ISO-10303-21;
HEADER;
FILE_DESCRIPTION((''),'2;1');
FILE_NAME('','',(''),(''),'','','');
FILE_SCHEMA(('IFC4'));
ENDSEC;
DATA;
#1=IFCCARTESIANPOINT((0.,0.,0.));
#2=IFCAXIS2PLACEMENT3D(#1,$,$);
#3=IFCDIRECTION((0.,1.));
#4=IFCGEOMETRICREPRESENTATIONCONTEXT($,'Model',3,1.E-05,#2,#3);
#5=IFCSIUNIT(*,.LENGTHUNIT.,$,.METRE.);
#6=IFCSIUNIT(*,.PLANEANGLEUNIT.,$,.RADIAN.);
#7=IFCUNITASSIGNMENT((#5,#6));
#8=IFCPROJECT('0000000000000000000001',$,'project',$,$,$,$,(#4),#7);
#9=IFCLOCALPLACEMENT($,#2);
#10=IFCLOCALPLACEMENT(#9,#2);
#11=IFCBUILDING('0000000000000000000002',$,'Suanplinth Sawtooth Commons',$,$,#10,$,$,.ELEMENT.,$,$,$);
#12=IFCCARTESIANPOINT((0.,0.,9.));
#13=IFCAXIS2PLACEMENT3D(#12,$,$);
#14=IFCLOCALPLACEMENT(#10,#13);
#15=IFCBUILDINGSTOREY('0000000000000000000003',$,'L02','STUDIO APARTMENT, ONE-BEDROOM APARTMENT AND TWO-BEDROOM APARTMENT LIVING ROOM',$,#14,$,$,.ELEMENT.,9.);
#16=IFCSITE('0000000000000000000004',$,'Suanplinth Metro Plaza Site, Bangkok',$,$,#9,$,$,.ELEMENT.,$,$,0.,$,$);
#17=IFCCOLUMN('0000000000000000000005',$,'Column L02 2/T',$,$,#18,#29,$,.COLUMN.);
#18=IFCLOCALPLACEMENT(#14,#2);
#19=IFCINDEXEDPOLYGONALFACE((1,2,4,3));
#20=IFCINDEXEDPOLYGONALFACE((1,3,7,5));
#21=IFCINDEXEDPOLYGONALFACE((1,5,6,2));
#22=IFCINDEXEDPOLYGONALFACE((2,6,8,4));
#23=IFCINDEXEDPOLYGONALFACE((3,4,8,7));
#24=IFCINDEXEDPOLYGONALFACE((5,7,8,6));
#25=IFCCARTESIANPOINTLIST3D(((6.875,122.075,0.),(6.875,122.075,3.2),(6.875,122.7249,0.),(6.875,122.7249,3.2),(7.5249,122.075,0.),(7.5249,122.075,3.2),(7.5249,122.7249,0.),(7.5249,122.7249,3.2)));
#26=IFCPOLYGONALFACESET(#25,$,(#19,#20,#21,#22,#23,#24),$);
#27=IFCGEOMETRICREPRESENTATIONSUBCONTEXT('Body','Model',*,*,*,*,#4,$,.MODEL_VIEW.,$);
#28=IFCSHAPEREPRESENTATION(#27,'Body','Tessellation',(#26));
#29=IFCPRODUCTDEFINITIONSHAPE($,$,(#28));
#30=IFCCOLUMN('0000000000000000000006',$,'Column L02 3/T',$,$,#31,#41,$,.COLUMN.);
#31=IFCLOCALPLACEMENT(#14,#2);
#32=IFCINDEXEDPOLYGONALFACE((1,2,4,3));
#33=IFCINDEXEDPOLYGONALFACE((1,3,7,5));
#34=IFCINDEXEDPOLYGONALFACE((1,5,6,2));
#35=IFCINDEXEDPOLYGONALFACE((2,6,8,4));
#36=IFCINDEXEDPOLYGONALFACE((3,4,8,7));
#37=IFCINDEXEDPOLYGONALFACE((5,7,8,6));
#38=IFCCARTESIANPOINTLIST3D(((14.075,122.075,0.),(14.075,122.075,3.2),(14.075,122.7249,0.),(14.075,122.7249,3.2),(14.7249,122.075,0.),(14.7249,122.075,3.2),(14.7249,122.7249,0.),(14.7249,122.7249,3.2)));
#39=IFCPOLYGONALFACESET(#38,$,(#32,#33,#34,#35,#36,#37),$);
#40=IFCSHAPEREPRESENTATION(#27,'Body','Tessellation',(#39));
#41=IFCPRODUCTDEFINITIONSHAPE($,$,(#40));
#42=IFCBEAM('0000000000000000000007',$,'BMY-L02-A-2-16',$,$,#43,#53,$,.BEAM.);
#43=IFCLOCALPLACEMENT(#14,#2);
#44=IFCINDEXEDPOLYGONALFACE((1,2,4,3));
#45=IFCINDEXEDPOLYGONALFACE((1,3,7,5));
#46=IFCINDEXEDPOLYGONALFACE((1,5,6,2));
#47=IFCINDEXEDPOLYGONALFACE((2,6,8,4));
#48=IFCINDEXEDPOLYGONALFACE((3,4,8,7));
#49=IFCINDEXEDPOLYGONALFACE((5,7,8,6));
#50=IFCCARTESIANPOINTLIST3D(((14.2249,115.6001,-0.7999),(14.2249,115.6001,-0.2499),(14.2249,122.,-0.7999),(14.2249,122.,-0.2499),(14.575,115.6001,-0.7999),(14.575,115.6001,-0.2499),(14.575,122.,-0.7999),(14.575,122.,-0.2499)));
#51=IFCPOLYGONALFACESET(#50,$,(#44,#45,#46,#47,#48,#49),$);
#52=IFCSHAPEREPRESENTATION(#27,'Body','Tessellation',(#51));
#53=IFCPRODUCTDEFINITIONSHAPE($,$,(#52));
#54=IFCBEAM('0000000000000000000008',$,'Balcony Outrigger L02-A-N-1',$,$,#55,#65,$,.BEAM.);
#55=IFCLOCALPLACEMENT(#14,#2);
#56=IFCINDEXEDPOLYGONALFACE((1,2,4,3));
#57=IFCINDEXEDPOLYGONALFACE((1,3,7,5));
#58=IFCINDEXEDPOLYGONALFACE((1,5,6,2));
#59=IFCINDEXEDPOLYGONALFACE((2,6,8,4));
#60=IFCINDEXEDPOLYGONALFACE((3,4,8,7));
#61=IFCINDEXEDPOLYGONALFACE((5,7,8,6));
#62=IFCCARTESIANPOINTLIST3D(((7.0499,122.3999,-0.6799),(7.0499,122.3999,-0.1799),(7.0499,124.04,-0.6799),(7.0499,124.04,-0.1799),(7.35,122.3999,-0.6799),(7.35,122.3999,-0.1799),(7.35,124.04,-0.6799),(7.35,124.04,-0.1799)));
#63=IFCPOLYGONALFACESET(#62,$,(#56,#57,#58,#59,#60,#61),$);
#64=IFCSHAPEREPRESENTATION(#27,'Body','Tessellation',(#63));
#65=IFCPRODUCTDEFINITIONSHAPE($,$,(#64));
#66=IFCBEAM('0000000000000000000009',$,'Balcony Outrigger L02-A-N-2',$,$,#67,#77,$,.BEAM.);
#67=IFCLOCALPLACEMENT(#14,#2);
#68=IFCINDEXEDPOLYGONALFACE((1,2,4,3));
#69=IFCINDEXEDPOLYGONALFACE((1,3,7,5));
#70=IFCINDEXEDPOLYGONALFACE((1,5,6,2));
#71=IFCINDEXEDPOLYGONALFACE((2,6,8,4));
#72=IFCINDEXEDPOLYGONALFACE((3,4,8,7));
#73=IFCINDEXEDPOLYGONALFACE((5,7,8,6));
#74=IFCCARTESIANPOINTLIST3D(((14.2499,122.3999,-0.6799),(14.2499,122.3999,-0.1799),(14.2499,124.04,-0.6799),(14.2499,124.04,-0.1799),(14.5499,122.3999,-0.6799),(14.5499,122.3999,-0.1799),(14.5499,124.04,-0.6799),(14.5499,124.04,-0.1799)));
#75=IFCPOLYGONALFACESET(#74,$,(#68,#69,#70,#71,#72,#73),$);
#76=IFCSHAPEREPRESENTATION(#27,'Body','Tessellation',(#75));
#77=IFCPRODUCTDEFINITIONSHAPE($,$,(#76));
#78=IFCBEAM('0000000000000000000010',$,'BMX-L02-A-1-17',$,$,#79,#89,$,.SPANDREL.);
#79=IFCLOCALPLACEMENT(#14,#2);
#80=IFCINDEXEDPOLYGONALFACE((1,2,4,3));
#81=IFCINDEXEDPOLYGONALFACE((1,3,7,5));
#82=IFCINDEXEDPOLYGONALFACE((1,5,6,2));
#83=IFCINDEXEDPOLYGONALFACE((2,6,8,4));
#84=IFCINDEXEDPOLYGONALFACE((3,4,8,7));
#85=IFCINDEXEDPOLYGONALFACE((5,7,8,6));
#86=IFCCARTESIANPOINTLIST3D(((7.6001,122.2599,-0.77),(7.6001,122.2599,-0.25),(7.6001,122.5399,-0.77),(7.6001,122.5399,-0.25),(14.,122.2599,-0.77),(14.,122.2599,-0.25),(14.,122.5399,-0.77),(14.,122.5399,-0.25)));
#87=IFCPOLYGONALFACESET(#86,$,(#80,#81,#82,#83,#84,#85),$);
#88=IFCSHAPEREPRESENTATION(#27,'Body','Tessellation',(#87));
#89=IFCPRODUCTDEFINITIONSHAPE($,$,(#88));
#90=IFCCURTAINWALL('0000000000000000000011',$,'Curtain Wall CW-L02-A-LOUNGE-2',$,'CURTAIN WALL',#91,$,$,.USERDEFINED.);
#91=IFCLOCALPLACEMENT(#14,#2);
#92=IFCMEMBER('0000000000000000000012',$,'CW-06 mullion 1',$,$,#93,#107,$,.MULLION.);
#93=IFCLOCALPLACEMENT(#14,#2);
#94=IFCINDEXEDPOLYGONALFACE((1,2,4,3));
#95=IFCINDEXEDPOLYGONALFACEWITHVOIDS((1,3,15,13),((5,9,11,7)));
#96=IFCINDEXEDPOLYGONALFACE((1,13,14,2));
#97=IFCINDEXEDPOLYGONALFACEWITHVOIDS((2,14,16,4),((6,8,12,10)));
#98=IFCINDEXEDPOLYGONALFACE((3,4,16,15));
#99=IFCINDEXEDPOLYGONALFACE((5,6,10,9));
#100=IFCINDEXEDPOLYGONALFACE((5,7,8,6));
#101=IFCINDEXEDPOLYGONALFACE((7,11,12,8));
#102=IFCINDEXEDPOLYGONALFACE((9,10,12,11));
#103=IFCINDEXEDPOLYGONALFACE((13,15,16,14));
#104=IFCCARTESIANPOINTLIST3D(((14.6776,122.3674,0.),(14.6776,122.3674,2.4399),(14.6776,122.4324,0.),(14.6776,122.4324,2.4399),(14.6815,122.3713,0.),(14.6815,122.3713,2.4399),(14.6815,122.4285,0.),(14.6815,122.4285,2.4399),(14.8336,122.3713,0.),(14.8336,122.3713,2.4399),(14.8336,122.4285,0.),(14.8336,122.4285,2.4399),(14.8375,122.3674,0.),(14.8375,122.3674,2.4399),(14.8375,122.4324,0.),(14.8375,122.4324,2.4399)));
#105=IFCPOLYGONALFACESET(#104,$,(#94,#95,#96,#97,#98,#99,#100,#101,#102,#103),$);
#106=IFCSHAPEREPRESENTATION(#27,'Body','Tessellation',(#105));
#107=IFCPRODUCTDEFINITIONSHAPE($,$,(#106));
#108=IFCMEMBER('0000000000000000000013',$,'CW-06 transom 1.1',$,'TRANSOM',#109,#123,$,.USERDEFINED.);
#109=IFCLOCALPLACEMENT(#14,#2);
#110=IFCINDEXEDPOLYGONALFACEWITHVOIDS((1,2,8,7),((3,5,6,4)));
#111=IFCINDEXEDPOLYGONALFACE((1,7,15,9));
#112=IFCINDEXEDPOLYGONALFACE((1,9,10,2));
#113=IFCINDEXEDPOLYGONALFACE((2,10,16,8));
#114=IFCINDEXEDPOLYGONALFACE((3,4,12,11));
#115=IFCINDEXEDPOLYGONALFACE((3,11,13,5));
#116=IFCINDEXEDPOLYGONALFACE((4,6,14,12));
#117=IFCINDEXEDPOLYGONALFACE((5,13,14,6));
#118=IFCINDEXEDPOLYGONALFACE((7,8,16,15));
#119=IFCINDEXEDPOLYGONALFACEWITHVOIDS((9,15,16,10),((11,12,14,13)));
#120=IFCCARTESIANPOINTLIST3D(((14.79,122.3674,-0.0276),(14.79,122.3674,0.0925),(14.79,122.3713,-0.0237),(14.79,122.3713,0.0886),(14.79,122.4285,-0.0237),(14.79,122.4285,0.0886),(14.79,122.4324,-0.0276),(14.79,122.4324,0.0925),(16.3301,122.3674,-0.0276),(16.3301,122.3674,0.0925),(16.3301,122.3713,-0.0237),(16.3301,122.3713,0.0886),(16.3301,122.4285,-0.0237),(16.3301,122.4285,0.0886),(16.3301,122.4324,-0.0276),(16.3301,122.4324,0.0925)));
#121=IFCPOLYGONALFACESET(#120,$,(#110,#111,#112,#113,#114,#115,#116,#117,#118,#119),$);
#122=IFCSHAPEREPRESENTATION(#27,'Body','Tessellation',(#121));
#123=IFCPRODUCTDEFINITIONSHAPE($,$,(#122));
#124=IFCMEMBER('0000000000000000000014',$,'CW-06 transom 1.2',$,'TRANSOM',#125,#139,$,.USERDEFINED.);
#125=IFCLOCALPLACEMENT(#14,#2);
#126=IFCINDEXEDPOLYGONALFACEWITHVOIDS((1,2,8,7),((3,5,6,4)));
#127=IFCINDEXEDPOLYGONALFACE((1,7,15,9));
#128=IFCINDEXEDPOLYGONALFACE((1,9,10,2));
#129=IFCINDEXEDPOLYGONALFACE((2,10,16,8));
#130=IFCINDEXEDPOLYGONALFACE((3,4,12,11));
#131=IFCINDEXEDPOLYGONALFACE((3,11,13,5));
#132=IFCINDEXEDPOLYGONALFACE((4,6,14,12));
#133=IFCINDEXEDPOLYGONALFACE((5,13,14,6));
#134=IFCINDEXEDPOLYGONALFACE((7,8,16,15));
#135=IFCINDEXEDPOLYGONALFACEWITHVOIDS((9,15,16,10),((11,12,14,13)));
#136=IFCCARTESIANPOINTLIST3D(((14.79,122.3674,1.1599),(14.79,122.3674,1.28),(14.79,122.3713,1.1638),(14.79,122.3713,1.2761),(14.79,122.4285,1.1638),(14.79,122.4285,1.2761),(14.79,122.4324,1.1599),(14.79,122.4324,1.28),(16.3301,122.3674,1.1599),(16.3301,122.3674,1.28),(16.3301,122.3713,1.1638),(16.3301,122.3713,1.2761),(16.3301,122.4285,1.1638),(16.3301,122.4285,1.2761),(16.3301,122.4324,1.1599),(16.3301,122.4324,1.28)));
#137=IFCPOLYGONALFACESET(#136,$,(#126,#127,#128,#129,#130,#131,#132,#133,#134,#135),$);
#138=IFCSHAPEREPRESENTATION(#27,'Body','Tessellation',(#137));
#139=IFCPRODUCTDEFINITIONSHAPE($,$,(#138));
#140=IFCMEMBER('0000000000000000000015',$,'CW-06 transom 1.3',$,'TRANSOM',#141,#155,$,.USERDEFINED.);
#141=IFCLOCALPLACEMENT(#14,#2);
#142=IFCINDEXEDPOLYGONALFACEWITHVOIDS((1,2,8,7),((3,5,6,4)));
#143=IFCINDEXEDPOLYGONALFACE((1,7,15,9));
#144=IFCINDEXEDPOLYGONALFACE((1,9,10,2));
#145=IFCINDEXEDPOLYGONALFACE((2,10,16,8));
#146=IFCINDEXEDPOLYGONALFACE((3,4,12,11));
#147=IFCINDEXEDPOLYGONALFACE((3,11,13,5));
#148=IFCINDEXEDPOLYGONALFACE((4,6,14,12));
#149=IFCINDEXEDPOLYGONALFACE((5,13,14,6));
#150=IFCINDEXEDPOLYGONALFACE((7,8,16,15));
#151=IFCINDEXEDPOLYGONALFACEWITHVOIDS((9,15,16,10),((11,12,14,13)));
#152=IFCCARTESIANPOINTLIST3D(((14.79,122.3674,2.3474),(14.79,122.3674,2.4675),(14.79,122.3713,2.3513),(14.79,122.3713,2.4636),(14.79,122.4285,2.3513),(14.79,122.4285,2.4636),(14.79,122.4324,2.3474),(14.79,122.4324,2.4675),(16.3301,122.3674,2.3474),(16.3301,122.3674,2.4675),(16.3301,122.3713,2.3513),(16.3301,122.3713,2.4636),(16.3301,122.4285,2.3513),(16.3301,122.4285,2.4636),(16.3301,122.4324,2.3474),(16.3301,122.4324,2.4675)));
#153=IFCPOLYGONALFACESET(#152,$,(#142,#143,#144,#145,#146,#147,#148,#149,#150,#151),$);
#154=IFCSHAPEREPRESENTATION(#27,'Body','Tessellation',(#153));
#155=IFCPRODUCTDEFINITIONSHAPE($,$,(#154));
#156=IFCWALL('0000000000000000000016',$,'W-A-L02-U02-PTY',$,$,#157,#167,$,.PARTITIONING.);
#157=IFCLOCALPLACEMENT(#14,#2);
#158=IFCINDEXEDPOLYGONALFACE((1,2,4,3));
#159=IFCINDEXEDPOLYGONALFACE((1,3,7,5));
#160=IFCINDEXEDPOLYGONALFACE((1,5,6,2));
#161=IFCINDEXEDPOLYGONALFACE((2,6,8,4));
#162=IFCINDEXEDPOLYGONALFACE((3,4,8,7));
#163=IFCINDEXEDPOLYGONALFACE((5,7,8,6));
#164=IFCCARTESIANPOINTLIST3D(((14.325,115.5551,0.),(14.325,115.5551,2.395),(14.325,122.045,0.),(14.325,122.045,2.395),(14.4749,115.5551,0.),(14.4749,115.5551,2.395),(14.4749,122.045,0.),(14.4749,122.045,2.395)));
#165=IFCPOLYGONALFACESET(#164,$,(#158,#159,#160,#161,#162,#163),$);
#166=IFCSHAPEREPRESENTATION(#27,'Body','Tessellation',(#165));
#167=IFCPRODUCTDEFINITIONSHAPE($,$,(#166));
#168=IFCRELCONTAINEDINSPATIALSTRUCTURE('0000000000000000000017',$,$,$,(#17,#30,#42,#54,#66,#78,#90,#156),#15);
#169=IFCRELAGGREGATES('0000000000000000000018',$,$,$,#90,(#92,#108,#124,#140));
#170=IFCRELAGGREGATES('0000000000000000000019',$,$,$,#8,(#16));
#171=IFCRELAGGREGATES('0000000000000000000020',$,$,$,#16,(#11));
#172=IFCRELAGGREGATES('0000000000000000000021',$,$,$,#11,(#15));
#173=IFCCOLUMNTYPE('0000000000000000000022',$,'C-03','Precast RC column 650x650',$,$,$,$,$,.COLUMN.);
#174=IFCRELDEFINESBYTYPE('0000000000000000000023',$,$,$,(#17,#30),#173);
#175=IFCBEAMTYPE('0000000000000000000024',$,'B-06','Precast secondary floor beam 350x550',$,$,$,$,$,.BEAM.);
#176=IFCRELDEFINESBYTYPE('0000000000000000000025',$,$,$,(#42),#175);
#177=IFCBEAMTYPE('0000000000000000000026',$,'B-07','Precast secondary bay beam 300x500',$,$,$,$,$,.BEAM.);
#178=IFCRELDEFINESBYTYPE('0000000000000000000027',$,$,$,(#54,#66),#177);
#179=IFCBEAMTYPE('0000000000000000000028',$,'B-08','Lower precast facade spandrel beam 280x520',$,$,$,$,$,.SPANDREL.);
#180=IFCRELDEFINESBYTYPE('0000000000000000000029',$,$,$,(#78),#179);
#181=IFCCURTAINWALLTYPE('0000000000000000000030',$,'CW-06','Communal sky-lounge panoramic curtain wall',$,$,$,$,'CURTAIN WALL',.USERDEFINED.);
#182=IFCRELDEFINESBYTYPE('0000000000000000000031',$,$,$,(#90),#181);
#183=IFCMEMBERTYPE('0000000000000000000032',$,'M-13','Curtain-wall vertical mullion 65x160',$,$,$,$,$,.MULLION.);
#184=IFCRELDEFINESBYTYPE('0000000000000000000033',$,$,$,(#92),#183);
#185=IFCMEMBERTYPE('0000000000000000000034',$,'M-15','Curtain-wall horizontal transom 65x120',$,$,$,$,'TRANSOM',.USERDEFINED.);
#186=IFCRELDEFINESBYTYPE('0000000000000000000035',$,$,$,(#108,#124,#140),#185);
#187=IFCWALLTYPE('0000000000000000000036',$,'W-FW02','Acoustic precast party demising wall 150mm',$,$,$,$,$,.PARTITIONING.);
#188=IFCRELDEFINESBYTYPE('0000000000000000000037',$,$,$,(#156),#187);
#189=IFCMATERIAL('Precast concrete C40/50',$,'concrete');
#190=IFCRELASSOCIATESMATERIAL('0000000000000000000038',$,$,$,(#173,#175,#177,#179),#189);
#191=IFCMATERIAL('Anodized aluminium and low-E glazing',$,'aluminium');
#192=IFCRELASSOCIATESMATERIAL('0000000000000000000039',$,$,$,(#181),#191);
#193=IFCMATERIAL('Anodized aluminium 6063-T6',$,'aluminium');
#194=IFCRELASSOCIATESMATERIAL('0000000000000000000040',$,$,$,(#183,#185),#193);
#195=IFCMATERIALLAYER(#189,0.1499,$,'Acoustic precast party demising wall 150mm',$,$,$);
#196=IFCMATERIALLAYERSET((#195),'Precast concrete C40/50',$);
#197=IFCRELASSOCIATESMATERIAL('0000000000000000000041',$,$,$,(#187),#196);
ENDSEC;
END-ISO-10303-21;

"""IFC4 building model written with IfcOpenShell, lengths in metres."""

from ifc_helpers import new_model, si_unit, direction, frame, frame_2d, origin, origin_2d, place, context, subcontext, project, spatial, rectangle, hollow_rectangle, extrude, material, layer, layer_set, material_profile, profile_set, type_object, element, aggregate, save


model = new_model("IFC4")

# Units and contexts
model_context = context("Model", 3, precision=1e-05, world=origin(), true_north=direction((0.0, 1.0)))
body_context = subcontext(model_context, "Body", "Model", "MODEL_VIEW")
ifc_project = project(units=[si_unit("LENGTHUNIT", "METRE"), si_unit("PLANEANGLEUNIT", "RADIAN")], contexts=[model_context])

# Site, building, storey
site_placement = place(None, origin())
site = spatial("IfcSite", under=ifc_project, at=site_placement, Name="Suanplinth Metro Plaza Site, Bangkok", CompositionType="ELEMENT", RefElevation=0.0)
building_placement = place(site_placement, origin())
building = spatial("IfcBuilding", under=site, at=building_placement, Name="Suanplinth Sawtooth Commons", CompositionType="ELEMENT")
storey_placement = place(building_placement, frame((0.0, 0.0, 9.0)))
storey = spatial("IfcBuildingStorey", under=building, at=storey_placement, Name="L02", Description="STUDIO APARTMENT, ONE-BEDROOM APARTMENT AND TWO-BEDROOM APARTMENT LIVING ROOM", CompositionType="ELEMENT", Elevation=9.0)

# Columns
ifc_material_1 = material(Name="Precast concrete C40/50", Category="concrete")
ifc_material_profile_1 = material_profile(ifc_material_1, rectangle(XDim=0.6499, YDim=0.6499, at=origin_2d()), Name="PC-COL 650x650")
ifc_profile_set_1 = profile_set([ifc_material_profile_1], Name="Precast concrete C40/50")
column_type = type_object("IfcColumnType", Name="C-03", Description="Precast RC column 650x650", PredefinedType="COLUMN", material=ifc_profile_set_1)
for number, where, z_axis, x_axis, name in (
    (1, (7.2, 122.3999, 0.0), (0.0, 0.0, 1.0), (1.0, 0.0, 0.0), "Column L02 2/T"),
    (2, (14.3999, 122.3999, 0.0), (0.0, 0.0, 1.0), (1.0, 0.0, 0.0), "Column L02 3/T"),
):
    element("IfcColumn", number, at=place(storey_placement, frame(where, z_axis=z_axis, x_axis=x_axis)), inside=storey, type_object=column_type, Name=name, PredefinedType="COLUMN", context=body_context, shape_type="SweptSolid", body=[
        extrude(rectangle(XDim=0.6499, YDim=0.6499, at=origin_2d()), origin(), (0.0, 0.0, 1.0), 3.2),
    ])

# Beams
ifc_material_profile_2 = material_profile(ifc_material_1, rectangle(XDim=0.3501, YDim=0.55, at=origin_2d()), Name="PC-BM 350x550")
ifc_profile_set_2 = profile_set([ifc_material_profile_2], Name="Precast concrete C40/50")
beam_type_1 = type_object("IfcBeamType", Name="B-06", Description="Precast secondary floor beam 350x550", PredefinedType="BEAM", material=ifc_profile_set_2)
beam_1_placement = place(storey_placement, frame((14.3999, 115.6001, -0.5249), z_axis=(0.0, 1.0, 0.0), x_axis=(-1.0, 0.0, 0.0)))
element("IfcBeam", 3, at=beam_1_placement, inside=storey, type_object=beam_type_1, Name="BMY-L02-A-2-16", PredefinedType="BEAM", context=body_context, shape_type="SweptSolid", body=[
    extrude(rectangle(XDim=0.3501, YDim=0.55, at=origin_2d()), origin(), (0.0, 0.0, 1.0), 6.3999),
])
ifc_material_profile_3 = material_profile(ifc_material_1, rectangle(XDim=0.3, YDim=0.5, at=origin_2d()), Name="PC-BM 300x500")
ifc_profile_set_3 = profile_set([ifc_material_profile_3], Name="Precast concrete C40/50")
beam_type_2 = type_object("IfcBeamType", Name="B-07", Description="Precast secondary bay beam 300x500", PredefinedType="BEAM", material=ifc_profile_set_3)
for number, where, z_axis, x_axis, name in (
    (4, (7.2, 122.3999, -0.4299), (0.0, 1.0, 0.0), (-1.0, 0.0, 0.0), "Balcony Outrigger L02-A-N-1"),
    (5, (14.3999, 122.3999, -0.4299), (0.0, 1.0, 0.0), (-1.0, 0.0, 0.0), "Balcony Outrigger L02-A-N-2"),
):
    element("IfcBeam", number, at=place(storey_placement, frame(where, z_axis=z_axis, x_axis=x_axis)), inside=storey, type_object=beam_type_2, Name=name, PredefinedType="BEAM", context=body_context, shape_type="SweptSolid", body=[
        extrude(rectangle(XDim=0.3, YDim=0.5, at=origin_2d()), origin(), (0.0, 0.0, 1.0), 1.6401),
    ])
ifc_material_profile_4 = material_profile(ifc_material_1, rectangle(XDim=0.28, YDim=0.52, at=origin_2d()), Name="PC-SP 280x520")
ifc_profile_set_4 = profile_set([ifc_material_profile_4], Name="Precast concrete C40/50")
beam_type_3 = type_object("IfcBeamType", Name="B-08", Description="Lower precast facade spandrel beam 280x520", PredefinedType="SPANDREL", material=ifc_profile_set_4)
beam_2_placement = place(storey_placement, frame((7.6001, 122.3999, -0.51), z_axis=(1.0, 0.0, 0.0), x_axis=(0.0, 1.0, 0.0)))
element("IfcBeam", 6, at=beam_2_placement, inside=storey, type_object=beam_type_3, Name="BMX-L02-A-1-17", PredefinedType="SPANDREL", context=body_context, shape_type="SweptSolid", body=[
    extrude(rectangle(XDim=0.28, YDim=0.52, at=origin_2d()), origin(), (0.0, 0.0, 1.0), 6.3999),
])

# Curtain wall, members
ifc_material_2 = material(Name="Anodized aluminium and low-E glazing", Category="aluminium")
curtain_wall_type = type_object("IfcCurtainWallType", Name="CW-06", Description="Communal sky-lounge panoramic curtain wall", ElementType="CURTAIN WALL", PredefinedType="USERDEFINED", material=ifc_material_2)
curtain_wall_placement = place(storey_placement, origin())
curtain_wall = element("IfcCurtainWall", 7, at=curtain_wall_placement, inside=storey, type_object=curtain_wall_type, Name="Curtain Wall CW-L02-A-LOUNGE-2", ObjectType="CURTAIN WALL", PredefinedType="USERDEFINED")
ifc_material_3 = material(Name="Anodized aluminium 6063-T6", Category="aluminium")
ifc_material_profile_5 = material_profile(ifc_material_3, hollow_rectangle(XDim=0.0649, YDim=0.1599, WallThickness=0.0039, at=origin_2d()), Name="ALU-MUL 65x160")
ifc_profile_set_5 = profile_set([ifc_material_profile_5], Name="Anodized aluminium 6063-T6")
member_type_1 = type_object("IfcMemberType", Name="M-13", Description="Curtain-wall vertical mullion 65x160", PredefinedType="MULLION", material=ifc_profile_set_5)
member_1_placement = place(storey_placement, frame((14.7576, 122.3999, 0.0), z_axis=(0.0, 0.0, 1.0), x_axis=(0.0, 1.0, 0.0)))
member_1 = element("IfcMember", 8, at=member_1_placement, type_object=member_type_1, Name="CW-06 mullion 1", PredefinedType="MULLION", context=body_context, shape_type="SweptSolid", body=[
    extrude(hollow_rectangle(XDim=0.0649, YDim=0.1599, WallThickness=0.0039, at=origin_2d()), origin(), (0.0, 0.0, 1.0), 2.4399),
])
ifc_material_profile_6 = material_profile(ifc_material_3, hollow_rectangle(XDim=0.0649, YDim=0.1201, WallThickness=0.0039, at=origin_2d()), Name="ALU-TRN 65x120")
ifc_profile_set_6 = profile_set([ifc_material_profile_6], Name="Anodized aluminium 6063-T6")
member_type_2 = type_object("IfcMemberType", Name="M-15", Description="Curtain-wall horizontal transom 65x120", ElementType="TRANSOM", PredefinedType="USERDEFINED", material=ifc_profile_set_6)
member_2_placement = place(storey_placement, frame((14.79, 122.3999, 0.0325), z_axis=(1.0, 0.0, 0.0), x_axis=(0.0, 1.0, 0.0)))
member_2 = element("IfcMember", 9, at=member_2_placement, type_object=member_type_2, Name="CW-06 transom 1.1", ObjectType="TRANSOM", PredefinedType="USERDEFINED", context=body_context, shape_type="SweptSolid", body=[
    extrude(hollow_rectangle(XDim=0.0649, YDim=0.1201, WallThickness=0.0039, at=origin_2d()), origin(), (0.0, 0.0, 1.0), 1.54),
])
member_3_placement = place(storey_placement, frame((14.79, 122.3999, 1.22), z_axis=(1.0, 0.0, 0.0), x_axis=(0.0, 1.0, 0.0)))
member_3 = element("IfcMember", 10, at=member_3_placement, type_object=member_type_2, Name="CW-06 transom 1.2", ObjectType="TRANSOM", PredefinedType="USERDEFINED", context=body_context, shape_type="SweptSolid", body=[
    extrude(hollow_rectangle(XDim=0.0649, YDim=0.1201, WallThickness=0.0039, at=origin_2d()), origin(), (0.0, 0.0, 1.0), 1.54),
])
member_4_placement = place(storey_placement, frame((14.79, 122.3999, 2.4075), z_axis=(1.0, 0.0, 0.0), x_axis=(0.0, 1.0, 0.0)))
member_4 = element("IfcMember", 11, at=member_4_placement, type_object=member_type_2, Name="CW-06 transom 1.3", ObjectType="TRANSOM", PredefinedType="USERDEFINED", context=body_context, shape_type="SweptSolid", body=[
    extrude(hollow_rectangle(XDim=0.0649, YDim=0.1201, WallThickness=0.0039, at=origin_2d()), origin(), (0.0, 0.0, 1.0), 1.54),
])
aggregate(curtain_wall, [member_1, member_2, member_3, member_4])

# Wall
ifc_layer_1 = layer(ifc_material_1, 0.1499, Name="Acoustic precast party demising wall 150mm")
ifc_layer_set_1 = layer_set([ifc_layer_1], Name="Precast concrete C40/50")
wall_type_1 = type_object("IfcWallType", Name="W-FW02", Description="Acoustic precast party demising wall 150mm", PredefinedType="PARTITIONING", material=ifc_layer_set_1)
wall_1_placement = place(storey_placement, frame((14.3999, 115.5549, 0.0), z_axis=(0.0, 0.0, 1.0), x_axis=(0.0, 1.0, 0.0)))
element("IfcWall", 12, at=wall_1_placement, inside=storey, type_object=wall_type_1, Name="W-A-L02-U02-PTY", PredefinedType="PARTITIONING", context=body_context, shape_type="SweptSolid", body=[
    extrude(rectangle(XDim=6.49, YDim=0.1499, at=frame_2d((3.2451, 0.0))), origin(), (0.0, 0.0, 1.0), 2.395),
])

save(model, "model.ifc")
